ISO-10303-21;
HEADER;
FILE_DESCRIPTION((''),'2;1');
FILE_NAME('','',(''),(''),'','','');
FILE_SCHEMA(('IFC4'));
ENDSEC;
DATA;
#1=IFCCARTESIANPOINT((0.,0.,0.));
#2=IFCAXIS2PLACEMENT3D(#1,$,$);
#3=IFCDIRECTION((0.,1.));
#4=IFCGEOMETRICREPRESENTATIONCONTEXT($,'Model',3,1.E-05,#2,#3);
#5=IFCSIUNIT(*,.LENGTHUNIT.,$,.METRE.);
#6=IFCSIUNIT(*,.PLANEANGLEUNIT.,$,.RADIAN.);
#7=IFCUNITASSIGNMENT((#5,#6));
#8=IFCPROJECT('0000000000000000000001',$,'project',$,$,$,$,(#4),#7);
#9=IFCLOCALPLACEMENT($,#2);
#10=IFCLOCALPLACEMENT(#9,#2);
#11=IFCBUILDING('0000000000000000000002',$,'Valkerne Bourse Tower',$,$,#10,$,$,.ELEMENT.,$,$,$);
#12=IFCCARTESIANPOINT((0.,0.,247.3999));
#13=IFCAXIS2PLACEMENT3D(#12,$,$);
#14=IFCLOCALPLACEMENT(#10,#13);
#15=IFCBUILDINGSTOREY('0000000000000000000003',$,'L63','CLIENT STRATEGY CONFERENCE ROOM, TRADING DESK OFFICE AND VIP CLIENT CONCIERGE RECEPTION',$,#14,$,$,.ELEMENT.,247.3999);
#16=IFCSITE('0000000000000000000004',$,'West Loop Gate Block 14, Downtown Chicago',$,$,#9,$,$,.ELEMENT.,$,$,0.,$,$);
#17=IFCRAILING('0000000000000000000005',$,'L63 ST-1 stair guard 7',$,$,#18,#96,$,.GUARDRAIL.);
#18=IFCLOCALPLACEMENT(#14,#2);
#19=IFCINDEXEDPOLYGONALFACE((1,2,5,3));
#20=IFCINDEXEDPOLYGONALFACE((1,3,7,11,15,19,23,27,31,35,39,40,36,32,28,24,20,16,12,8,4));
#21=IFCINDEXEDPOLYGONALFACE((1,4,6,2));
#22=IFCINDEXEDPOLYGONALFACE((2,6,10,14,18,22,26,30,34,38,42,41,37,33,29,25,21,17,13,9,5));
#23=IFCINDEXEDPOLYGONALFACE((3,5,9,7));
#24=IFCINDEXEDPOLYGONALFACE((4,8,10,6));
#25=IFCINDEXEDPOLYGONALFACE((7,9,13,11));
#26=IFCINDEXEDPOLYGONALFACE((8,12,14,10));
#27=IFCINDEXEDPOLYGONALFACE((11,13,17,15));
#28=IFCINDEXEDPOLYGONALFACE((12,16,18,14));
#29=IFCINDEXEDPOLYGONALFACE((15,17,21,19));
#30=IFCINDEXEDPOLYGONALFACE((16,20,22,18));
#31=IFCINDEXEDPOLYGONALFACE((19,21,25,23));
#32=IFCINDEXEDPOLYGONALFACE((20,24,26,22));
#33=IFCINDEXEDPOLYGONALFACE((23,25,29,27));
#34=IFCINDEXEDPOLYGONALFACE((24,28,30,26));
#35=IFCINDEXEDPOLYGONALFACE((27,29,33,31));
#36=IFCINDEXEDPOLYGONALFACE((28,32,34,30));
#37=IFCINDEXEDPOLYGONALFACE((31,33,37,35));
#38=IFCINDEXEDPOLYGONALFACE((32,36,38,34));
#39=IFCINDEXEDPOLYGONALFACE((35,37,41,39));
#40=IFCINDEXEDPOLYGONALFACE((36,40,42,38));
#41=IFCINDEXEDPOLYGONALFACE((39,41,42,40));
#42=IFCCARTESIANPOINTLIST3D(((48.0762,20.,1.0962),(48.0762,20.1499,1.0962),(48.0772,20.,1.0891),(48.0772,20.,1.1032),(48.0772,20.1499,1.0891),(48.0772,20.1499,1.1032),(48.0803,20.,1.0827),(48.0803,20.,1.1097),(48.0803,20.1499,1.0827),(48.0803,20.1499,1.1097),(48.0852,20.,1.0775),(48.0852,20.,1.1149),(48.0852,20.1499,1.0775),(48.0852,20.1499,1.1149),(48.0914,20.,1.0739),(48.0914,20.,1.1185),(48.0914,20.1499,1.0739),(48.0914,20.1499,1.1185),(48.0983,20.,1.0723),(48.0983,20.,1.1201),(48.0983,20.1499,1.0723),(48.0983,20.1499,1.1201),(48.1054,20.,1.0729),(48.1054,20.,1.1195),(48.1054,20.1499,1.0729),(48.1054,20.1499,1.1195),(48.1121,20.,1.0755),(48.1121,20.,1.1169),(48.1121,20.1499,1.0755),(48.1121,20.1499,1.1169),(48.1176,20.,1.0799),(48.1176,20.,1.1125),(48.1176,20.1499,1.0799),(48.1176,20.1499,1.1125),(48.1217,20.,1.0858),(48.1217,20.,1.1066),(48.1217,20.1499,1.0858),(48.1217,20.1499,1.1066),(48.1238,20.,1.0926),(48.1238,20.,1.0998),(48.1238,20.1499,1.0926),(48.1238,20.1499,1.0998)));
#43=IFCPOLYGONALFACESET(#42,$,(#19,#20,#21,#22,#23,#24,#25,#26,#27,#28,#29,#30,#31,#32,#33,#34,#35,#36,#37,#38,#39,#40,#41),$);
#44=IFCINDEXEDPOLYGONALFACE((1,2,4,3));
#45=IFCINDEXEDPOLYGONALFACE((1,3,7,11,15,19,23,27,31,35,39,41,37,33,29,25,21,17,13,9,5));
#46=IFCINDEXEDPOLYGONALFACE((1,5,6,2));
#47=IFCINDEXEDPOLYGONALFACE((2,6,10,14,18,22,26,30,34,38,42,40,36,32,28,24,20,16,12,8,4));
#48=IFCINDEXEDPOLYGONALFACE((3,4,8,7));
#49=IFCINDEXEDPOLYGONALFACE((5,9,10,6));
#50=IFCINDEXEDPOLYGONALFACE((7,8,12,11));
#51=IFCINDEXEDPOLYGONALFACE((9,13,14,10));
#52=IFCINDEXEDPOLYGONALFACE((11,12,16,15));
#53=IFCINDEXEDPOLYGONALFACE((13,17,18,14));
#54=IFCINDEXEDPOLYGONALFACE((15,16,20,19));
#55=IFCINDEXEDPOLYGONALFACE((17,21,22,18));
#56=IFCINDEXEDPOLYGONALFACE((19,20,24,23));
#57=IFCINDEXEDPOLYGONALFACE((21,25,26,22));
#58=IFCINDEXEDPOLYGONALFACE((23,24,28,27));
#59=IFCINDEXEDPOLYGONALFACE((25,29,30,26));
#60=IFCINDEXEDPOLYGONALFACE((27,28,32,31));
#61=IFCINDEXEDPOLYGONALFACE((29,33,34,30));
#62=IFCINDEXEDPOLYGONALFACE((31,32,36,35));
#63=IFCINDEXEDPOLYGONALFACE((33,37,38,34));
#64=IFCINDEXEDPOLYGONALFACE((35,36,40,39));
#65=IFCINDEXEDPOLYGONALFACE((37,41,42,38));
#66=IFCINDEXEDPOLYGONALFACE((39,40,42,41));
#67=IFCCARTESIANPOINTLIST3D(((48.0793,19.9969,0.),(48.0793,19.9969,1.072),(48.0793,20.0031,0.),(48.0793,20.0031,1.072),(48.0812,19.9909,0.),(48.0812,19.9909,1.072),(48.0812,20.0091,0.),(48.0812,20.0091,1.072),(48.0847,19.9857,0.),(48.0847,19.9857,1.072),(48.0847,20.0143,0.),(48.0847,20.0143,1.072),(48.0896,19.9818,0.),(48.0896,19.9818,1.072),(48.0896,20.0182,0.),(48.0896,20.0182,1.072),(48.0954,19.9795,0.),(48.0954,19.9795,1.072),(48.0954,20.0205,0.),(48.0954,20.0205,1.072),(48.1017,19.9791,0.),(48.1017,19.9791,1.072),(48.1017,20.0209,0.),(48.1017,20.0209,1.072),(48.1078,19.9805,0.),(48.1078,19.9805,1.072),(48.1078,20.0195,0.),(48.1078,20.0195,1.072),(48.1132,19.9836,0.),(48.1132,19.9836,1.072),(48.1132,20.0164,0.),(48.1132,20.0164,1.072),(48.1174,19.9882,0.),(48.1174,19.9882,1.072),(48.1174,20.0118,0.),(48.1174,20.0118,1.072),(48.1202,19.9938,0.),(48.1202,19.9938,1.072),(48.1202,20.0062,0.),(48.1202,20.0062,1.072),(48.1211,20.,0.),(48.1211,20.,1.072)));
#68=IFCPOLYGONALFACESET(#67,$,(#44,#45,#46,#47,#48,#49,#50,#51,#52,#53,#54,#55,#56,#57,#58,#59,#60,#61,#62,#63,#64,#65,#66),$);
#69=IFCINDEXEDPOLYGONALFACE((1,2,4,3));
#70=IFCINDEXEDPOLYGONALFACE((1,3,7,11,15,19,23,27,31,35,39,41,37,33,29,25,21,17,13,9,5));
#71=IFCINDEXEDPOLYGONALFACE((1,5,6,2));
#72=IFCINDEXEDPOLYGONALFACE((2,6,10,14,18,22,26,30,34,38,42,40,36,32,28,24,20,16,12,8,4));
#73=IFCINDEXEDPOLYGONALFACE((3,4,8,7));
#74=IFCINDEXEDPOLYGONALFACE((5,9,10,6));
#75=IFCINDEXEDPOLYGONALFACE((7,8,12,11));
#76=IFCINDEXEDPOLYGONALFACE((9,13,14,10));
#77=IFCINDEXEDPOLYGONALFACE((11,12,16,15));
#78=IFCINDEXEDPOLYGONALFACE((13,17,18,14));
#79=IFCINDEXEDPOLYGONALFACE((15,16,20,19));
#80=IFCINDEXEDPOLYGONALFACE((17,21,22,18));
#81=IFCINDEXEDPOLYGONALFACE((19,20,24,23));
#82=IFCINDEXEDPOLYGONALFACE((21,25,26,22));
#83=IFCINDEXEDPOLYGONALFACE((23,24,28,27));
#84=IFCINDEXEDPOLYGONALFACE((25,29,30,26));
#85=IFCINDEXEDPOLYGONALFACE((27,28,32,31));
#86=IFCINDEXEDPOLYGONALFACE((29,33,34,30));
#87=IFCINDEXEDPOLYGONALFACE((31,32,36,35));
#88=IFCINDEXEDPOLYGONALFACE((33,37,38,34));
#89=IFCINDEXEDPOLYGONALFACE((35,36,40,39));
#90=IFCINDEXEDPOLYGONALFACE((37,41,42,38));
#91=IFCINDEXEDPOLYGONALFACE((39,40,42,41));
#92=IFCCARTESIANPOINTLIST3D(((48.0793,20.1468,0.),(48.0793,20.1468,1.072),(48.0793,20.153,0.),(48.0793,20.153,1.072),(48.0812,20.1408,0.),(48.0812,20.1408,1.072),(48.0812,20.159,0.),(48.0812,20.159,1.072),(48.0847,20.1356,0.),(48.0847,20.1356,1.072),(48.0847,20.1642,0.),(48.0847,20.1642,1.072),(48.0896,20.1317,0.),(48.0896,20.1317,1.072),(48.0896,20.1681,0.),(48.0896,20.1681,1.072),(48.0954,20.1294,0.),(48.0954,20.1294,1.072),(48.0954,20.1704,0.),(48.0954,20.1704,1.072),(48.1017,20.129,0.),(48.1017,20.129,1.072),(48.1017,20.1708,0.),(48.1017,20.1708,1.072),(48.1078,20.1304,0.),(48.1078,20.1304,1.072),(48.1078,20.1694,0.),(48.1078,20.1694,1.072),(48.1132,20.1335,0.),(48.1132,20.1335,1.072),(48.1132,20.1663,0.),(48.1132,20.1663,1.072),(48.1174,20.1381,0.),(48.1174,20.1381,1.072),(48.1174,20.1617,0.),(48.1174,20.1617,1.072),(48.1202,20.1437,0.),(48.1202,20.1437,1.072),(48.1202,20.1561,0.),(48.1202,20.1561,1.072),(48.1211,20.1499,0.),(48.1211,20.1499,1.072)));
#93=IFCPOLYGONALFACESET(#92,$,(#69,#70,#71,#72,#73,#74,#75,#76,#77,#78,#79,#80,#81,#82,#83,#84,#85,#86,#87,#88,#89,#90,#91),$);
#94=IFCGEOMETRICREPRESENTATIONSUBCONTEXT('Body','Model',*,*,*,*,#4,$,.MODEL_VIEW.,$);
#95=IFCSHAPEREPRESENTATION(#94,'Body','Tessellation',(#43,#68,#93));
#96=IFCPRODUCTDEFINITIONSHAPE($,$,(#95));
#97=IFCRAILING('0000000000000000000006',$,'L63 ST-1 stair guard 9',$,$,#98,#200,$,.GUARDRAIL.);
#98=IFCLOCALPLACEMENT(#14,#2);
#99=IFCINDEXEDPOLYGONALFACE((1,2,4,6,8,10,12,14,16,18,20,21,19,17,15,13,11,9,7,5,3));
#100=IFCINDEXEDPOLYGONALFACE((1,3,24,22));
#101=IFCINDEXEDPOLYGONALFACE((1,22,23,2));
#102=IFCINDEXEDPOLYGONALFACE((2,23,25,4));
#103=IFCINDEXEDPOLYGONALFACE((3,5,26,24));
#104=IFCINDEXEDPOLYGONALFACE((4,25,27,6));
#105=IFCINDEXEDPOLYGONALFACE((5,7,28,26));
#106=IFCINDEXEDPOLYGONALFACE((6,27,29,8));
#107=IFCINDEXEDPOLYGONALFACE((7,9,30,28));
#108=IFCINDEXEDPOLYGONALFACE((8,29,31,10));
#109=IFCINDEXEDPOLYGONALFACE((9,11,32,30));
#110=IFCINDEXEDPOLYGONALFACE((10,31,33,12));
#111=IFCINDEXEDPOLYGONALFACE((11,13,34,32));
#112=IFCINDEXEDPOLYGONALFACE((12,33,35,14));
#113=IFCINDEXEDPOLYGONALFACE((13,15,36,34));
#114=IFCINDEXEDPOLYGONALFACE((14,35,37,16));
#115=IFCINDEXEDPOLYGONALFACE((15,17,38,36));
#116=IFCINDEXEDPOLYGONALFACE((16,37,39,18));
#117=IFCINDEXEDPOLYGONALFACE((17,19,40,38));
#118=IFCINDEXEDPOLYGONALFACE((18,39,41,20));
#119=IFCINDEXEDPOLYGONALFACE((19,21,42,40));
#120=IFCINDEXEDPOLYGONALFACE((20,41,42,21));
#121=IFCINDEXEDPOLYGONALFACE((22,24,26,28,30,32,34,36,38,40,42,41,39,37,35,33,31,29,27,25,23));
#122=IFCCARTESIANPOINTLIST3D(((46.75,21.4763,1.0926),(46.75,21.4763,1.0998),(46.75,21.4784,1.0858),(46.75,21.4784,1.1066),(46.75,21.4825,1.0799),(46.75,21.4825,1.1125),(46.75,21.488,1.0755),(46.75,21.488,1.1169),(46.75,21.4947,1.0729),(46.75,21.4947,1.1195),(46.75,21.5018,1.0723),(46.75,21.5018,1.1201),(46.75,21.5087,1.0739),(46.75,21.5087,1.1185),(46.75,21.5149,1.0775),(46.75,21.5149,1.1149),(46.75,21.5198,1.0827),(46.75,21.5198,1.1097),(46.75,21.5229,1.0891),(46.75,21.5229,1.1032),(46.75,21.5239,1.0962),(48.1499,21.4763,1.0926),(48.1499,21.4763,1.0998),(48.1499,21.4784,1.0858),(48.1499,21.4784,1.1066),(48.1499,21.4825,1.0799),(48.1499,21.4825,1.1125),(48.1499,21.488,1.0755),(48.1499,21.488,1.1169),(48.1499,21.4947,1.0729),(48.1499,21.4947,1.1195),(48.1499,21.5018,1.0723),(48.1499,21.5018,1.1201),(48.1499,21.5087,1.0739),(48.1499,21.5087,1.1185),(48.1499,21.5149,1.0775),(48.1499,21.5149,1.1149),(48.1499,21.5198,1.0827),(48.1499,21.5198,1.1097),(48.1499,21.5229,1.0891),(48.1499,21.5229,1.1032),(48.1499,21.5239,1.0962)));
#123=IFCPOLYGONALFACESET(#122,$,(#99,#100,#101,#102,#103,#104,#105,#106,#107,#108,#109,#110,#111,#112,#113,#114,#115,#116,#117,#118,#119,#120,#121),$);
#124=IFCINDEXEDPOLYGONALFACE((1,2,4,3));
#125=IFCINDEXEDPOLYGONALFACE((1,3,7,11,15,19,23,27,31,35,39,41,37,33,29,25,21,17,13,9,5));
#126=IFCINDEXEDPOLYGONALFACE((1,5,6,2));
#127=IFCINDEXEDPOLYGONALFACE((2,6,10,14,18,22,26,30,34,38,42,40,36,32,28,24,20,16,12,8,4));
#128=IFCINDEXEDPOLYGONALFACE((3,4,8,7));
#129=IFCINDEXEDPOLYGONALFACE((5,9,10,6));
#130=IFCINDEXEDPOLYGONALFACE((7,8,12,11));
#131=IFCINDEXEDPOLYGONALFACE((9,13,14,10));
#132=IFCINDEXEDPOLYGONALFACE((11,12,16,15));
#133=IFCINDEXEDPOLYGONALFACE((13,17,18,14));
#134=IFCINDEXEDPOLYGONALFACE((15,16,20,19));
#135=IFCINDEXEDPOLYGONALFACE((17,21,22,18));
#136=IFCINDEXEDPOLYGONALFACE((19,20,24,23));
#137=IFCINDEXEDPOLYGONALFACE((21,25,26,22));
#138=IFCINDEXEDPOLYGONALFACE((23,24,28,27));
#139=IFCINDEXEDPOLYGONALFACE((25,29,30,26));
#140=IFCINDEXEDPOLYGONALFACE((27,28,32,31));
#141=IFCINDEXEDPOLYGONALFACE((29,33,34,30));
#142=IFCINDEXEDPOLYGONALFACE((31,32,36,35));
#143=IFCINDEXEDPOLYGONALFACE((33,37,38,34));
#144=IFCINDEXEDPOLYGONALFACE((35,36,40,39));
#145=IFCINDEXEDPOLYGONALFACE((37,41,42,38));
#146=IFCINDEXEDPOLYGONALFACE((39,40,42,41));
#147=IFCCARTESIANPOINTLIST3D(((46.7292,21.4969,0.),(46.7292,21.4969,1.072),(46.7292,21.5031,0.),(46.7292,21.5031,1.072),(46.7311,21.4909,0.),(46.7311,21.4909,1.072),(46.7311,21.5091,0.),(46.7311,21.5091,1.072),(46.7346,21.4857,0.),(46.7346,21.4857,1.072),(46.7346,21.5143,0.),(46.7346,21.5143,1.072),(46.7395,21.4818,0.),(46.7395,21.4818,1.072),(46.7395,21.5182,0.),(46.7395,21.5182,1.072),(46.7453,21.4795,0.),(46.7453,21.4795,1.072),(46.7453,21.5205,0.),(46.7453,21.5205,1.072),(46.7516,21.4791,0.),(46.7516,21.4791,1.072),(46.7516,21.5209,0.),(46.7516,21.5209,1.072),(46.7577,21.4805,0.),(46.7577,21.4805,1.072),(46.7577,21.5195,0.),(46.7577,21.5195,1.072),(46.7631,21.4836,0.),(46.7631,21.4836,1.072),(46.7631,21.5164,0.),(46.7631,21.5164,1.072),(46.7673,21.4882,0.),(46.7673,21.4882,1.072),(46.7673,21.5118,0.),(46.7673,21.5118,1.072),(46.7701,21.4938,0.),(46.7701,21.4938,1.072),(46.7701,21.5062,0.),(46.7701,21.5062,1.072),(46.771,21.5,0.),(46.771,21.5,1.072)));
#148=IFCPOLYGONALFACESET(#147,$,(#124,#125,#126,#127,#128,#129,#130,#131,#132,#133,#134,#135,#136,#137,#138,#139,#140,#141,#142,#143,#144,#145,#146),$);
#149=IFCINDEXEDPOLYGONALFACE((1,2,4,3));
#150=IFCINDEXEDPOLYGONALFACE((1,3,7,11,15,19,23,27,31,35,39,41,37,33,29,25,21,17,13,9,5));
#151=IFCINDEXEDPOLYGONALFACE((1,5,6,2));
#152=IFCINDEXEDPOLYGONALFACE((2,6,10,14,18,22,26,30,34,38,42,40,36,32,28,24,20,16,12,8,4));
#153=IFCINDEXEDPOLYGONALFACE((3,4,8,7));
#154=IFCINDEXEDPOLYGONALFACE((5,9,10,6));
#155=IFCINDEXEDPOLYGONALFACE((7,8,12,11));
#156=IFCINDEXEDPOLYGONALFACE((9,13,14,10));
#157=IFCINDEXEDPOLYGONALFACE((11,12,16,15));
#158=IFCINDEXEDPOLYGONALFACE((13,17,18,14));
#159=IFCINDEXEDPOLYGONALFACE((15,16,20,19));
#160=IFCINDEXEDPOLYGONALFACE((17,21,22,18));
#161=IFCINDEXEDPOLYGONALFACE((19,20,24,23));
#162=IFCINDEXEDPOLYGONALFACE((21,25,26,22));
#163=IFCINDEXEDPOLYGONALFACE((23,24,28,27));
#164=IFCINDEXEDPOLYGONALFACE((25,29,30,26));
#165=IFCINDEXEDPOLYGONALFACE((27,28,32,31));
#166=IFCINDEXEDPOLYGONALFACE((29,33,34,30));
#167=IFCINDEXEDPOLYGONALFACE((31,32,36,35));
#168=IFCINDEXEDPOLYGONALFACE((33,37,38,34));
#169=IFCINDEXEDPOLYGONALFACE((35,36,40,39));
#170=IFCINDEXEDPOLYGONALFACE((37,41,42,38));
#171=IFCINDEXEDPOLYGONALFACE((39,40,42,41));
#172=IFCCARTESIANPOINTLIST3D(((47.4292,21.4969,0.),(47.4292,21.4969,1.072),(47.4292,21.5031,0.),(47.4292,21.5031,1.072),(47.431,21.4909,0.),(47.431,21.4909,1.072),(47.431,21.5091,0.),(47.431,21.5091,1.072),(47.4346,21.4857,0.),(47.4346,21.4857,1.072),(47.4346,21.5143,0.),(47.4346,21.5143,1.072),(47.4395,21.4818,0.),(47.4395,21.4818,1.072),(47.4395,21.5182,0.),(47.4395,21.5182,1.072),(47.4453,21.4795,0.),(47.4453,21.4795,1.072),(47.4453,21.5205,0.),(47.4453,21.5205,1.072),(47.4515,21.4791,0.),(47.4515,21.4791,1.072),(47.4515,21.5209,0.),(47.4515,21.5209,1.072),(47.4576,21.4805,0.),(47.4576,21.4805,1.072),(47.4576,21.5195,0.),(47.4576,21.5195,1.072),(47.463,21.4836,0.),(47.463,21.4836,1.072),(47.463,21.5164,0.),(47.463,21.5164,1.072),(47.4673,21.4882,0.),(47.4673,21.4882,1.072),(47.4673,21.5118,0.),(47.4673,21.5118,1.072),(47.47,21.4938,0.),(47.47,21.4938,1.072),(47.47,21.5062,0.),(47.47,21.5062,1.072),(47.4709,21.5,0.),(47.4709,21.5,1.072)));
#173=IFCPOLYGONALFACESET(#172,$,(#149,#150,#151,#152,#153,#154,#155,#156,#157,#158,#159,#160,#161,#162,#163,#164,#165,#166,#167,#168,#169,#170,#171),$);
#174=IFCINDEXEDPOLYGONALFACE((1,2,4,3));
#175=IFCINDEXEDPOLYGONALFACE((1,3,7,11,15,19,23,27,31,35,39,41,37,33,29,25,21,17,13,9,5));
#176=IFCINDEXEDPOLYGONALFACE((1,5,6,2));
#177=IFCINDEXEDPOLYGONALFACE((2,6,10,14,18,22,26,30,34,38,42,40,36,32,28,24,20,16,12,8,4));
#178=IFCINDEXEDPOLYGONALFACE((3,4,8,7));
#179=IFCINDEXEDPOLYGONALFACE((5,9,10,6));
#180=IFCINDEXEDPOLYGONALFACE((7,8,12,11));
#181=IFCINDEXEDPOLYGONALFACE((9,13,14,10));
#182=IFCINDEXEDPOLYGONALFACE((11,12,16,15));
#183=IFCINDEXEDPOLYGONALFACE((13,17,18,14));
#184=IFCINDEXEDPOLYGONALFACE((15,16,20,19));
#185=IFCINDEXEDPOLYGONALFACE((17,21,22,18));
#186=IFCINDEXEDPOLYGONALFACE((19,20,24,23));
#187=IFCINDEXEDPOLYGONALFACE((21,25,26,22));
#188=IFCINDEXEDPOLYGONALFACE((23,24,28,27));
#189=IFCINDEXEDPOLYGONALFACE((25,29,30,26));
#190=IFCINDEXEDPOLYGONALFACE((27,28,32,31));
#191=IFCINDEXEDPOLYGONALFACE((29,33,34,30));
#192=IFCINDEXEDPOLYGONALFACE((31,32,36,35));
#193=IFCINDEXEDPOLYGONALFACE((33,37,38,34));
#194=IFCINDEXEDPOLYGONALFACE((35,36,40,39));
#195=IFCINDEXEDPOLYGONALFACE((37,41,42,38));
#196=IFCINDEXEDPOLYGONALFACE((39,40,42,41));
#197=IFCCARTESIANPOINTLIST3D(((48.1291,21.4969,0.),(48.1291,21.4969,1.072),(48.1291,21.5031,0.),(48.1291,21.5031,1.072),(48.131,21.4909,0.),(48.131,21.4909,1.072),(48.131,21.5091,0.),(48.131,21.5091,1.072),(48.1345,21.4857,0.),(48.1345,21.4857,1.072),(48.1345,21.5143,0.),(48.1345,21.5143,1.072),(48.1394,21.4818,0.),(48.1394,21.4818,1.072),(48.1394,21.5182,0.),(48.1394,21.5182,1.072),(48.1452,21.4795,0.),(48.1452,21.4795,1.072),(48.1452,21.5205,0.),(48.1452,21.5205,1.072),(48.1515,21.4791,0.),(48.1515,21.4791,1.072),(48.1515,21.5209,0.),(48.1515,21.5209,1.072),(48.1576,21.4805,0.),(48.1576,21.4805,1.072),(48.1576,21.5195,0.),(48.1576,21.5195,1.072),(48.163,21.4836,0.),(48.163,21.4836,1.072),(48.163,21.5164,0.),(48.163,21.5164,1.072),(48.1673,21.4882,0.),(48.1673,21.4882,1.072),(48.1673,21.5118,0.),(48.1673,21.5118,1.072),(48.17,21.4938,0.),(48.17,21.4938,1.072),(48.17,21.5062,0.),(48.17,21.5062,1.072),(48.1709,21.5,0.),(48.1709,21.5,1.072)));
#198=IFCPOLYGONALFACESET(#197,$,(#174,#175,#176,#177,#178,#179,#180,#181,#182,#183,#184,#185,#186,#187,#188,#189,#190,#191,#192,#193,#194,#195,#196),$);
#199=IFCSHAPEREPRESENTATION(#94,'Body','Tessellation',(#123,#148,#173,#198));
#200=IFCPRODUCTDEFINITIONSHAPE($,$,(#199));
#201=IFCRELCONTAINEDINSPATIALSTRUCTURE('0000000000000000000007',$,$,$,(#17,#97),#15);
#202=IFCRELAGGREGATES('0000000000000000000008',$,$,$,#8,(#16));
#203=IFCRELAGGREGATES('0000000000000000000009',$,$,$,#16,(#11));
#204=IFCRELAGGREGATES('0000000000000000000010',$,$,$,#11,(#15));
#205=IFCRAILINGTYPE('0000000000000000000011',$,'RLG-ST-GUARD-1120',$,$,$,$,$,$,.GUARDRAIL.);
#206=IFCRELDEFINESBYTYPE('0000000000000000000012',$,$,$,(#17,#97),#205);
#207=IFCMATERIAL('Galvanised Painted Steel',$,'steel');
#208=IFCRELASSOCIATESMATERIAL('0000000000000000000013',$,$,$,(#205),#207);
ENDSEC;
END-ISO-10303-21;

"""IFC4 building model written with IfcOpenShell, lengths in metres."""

from ifc_helpers import new_model, si_unit, direction, frame, origin, origin_2d, place, context, subcontext, project, spatial, circle, extrude, material, type_object, element, save


model = new_model("IFC4")

# Units and contexts
model_context = context("Model", 3, precision=1e-05, world=origin(), true_north=direction((0.0, 1.0)))
body_context = subcontext(model_context, "Body", "Model", "MODEL_VIEW")
ifc_project = project(units=[si_unit("LENGTHUNIT", "METRE"), si_unit("PLANEANGLEUNIT", "RADIAN")], contexts=[model_context])

# Site, building, storey
site_placement = place(None, origin())
site = spatial("IfcSite", under=ifc_project, at=site_placement, Name="West Loop Gate Block 14, Downtown Chicago", CompositionType="ELEMENT", RefElevation=0.0)
building_placement = place(site_placement, origin())
building = spatial("IfcBuilding", under=site, at=building_placement, Name="Valkerne Bourse Tower", CompositionType="ELEMENT")
storey_placement = place(building_placement, frame((0.0, 0.0, 247.3999)))
storey = spatial("IfcBuildingStorey", under=building, at=storey_placement, Name="L63", Description="CLIENT STRATEGY CONFERENCE ROOM, TRADING DESK OFFICE AND VIP CLIENT CONCIERGE RECEPTION", CompositionType="ELEMENT", Elevation=247.3999)

# Shared definitions
ifc_material_1 = material(Name="Galvanised Painted Steel", Category="steel")

# Railings
railing_type_1 = type_object("IfcRailingType", Name="RLG-ST-GUARD-1120", PredefinedType="GUARDRAIL", material=ifc_material_1)
railing_1_placement = place(storey_placement, frame((48.1001, 20.0, 0.0)))
element("IfcRailing", 1, at=railing_1_placement, inside=storey, type_object=railing_type_1, Name="L63 ST-1 stair guard 7", PredefinedType="GUARDRAIL", context=body_context, shape_type="SweptSolid", body=[
    extrude(circle(Radius=0.0239, at=origin_2d()), frame((0.0, 0.0, 1.0962), z_axis=(0.0, 1.0, 0.0), x_axis=(-1.0, 0.0, 0.0)), (0.0, 0.0, 1.0), 0.1499),
    extrude(circle(Radius=0.021, at=origin_2d()), origin(), (0.0, 0.0, 1.0), 1.072),
    extrude(circle(Radius=0.021, at=origin_2d()), frame((0.0, 0.1499, 0.0)), (0.0, 0.0, 1.0), 1.072),
])
railing_2_placement = place(storey_placement, frame((46.75, 21.5, 0.0)))
element("IfcRailing", 2, at=railing_2_placement, inside=storey, type_object=railing_type_1, Name="L63 ST-1 stair guard 9", PredefinedType="GUARDRAIL", context=body_context, shape_type="SweptSolid", body=[
    extrude(circle(Radius=0.0239, at=origin_2d()), frame((0.0, 0.0, 1.0962), z_axis=(1.0, 0.0, 0.0), x_axis=(0.0, 1.0, 0.0)), (0.0, 0.0, 1.0), 1.3999),
    extrude(circle(Radius=0.021, at=origin_2d()), origin(), (0.0, 0.0, 1.0), 1.072),
    extrude(circle(Radius=0.021, at=origin_2d()), frame((0.7, 0.0, 0.0)), (0.0, 0.0, 1.0), 1.072),
    extrude(circle(Radius=0.021, at=origin_2d()), frame((1.3999, 0.0, 0.0)), (0.0, 0.0, 1.0), 1.072),
])

save(model, "model.ifc")
